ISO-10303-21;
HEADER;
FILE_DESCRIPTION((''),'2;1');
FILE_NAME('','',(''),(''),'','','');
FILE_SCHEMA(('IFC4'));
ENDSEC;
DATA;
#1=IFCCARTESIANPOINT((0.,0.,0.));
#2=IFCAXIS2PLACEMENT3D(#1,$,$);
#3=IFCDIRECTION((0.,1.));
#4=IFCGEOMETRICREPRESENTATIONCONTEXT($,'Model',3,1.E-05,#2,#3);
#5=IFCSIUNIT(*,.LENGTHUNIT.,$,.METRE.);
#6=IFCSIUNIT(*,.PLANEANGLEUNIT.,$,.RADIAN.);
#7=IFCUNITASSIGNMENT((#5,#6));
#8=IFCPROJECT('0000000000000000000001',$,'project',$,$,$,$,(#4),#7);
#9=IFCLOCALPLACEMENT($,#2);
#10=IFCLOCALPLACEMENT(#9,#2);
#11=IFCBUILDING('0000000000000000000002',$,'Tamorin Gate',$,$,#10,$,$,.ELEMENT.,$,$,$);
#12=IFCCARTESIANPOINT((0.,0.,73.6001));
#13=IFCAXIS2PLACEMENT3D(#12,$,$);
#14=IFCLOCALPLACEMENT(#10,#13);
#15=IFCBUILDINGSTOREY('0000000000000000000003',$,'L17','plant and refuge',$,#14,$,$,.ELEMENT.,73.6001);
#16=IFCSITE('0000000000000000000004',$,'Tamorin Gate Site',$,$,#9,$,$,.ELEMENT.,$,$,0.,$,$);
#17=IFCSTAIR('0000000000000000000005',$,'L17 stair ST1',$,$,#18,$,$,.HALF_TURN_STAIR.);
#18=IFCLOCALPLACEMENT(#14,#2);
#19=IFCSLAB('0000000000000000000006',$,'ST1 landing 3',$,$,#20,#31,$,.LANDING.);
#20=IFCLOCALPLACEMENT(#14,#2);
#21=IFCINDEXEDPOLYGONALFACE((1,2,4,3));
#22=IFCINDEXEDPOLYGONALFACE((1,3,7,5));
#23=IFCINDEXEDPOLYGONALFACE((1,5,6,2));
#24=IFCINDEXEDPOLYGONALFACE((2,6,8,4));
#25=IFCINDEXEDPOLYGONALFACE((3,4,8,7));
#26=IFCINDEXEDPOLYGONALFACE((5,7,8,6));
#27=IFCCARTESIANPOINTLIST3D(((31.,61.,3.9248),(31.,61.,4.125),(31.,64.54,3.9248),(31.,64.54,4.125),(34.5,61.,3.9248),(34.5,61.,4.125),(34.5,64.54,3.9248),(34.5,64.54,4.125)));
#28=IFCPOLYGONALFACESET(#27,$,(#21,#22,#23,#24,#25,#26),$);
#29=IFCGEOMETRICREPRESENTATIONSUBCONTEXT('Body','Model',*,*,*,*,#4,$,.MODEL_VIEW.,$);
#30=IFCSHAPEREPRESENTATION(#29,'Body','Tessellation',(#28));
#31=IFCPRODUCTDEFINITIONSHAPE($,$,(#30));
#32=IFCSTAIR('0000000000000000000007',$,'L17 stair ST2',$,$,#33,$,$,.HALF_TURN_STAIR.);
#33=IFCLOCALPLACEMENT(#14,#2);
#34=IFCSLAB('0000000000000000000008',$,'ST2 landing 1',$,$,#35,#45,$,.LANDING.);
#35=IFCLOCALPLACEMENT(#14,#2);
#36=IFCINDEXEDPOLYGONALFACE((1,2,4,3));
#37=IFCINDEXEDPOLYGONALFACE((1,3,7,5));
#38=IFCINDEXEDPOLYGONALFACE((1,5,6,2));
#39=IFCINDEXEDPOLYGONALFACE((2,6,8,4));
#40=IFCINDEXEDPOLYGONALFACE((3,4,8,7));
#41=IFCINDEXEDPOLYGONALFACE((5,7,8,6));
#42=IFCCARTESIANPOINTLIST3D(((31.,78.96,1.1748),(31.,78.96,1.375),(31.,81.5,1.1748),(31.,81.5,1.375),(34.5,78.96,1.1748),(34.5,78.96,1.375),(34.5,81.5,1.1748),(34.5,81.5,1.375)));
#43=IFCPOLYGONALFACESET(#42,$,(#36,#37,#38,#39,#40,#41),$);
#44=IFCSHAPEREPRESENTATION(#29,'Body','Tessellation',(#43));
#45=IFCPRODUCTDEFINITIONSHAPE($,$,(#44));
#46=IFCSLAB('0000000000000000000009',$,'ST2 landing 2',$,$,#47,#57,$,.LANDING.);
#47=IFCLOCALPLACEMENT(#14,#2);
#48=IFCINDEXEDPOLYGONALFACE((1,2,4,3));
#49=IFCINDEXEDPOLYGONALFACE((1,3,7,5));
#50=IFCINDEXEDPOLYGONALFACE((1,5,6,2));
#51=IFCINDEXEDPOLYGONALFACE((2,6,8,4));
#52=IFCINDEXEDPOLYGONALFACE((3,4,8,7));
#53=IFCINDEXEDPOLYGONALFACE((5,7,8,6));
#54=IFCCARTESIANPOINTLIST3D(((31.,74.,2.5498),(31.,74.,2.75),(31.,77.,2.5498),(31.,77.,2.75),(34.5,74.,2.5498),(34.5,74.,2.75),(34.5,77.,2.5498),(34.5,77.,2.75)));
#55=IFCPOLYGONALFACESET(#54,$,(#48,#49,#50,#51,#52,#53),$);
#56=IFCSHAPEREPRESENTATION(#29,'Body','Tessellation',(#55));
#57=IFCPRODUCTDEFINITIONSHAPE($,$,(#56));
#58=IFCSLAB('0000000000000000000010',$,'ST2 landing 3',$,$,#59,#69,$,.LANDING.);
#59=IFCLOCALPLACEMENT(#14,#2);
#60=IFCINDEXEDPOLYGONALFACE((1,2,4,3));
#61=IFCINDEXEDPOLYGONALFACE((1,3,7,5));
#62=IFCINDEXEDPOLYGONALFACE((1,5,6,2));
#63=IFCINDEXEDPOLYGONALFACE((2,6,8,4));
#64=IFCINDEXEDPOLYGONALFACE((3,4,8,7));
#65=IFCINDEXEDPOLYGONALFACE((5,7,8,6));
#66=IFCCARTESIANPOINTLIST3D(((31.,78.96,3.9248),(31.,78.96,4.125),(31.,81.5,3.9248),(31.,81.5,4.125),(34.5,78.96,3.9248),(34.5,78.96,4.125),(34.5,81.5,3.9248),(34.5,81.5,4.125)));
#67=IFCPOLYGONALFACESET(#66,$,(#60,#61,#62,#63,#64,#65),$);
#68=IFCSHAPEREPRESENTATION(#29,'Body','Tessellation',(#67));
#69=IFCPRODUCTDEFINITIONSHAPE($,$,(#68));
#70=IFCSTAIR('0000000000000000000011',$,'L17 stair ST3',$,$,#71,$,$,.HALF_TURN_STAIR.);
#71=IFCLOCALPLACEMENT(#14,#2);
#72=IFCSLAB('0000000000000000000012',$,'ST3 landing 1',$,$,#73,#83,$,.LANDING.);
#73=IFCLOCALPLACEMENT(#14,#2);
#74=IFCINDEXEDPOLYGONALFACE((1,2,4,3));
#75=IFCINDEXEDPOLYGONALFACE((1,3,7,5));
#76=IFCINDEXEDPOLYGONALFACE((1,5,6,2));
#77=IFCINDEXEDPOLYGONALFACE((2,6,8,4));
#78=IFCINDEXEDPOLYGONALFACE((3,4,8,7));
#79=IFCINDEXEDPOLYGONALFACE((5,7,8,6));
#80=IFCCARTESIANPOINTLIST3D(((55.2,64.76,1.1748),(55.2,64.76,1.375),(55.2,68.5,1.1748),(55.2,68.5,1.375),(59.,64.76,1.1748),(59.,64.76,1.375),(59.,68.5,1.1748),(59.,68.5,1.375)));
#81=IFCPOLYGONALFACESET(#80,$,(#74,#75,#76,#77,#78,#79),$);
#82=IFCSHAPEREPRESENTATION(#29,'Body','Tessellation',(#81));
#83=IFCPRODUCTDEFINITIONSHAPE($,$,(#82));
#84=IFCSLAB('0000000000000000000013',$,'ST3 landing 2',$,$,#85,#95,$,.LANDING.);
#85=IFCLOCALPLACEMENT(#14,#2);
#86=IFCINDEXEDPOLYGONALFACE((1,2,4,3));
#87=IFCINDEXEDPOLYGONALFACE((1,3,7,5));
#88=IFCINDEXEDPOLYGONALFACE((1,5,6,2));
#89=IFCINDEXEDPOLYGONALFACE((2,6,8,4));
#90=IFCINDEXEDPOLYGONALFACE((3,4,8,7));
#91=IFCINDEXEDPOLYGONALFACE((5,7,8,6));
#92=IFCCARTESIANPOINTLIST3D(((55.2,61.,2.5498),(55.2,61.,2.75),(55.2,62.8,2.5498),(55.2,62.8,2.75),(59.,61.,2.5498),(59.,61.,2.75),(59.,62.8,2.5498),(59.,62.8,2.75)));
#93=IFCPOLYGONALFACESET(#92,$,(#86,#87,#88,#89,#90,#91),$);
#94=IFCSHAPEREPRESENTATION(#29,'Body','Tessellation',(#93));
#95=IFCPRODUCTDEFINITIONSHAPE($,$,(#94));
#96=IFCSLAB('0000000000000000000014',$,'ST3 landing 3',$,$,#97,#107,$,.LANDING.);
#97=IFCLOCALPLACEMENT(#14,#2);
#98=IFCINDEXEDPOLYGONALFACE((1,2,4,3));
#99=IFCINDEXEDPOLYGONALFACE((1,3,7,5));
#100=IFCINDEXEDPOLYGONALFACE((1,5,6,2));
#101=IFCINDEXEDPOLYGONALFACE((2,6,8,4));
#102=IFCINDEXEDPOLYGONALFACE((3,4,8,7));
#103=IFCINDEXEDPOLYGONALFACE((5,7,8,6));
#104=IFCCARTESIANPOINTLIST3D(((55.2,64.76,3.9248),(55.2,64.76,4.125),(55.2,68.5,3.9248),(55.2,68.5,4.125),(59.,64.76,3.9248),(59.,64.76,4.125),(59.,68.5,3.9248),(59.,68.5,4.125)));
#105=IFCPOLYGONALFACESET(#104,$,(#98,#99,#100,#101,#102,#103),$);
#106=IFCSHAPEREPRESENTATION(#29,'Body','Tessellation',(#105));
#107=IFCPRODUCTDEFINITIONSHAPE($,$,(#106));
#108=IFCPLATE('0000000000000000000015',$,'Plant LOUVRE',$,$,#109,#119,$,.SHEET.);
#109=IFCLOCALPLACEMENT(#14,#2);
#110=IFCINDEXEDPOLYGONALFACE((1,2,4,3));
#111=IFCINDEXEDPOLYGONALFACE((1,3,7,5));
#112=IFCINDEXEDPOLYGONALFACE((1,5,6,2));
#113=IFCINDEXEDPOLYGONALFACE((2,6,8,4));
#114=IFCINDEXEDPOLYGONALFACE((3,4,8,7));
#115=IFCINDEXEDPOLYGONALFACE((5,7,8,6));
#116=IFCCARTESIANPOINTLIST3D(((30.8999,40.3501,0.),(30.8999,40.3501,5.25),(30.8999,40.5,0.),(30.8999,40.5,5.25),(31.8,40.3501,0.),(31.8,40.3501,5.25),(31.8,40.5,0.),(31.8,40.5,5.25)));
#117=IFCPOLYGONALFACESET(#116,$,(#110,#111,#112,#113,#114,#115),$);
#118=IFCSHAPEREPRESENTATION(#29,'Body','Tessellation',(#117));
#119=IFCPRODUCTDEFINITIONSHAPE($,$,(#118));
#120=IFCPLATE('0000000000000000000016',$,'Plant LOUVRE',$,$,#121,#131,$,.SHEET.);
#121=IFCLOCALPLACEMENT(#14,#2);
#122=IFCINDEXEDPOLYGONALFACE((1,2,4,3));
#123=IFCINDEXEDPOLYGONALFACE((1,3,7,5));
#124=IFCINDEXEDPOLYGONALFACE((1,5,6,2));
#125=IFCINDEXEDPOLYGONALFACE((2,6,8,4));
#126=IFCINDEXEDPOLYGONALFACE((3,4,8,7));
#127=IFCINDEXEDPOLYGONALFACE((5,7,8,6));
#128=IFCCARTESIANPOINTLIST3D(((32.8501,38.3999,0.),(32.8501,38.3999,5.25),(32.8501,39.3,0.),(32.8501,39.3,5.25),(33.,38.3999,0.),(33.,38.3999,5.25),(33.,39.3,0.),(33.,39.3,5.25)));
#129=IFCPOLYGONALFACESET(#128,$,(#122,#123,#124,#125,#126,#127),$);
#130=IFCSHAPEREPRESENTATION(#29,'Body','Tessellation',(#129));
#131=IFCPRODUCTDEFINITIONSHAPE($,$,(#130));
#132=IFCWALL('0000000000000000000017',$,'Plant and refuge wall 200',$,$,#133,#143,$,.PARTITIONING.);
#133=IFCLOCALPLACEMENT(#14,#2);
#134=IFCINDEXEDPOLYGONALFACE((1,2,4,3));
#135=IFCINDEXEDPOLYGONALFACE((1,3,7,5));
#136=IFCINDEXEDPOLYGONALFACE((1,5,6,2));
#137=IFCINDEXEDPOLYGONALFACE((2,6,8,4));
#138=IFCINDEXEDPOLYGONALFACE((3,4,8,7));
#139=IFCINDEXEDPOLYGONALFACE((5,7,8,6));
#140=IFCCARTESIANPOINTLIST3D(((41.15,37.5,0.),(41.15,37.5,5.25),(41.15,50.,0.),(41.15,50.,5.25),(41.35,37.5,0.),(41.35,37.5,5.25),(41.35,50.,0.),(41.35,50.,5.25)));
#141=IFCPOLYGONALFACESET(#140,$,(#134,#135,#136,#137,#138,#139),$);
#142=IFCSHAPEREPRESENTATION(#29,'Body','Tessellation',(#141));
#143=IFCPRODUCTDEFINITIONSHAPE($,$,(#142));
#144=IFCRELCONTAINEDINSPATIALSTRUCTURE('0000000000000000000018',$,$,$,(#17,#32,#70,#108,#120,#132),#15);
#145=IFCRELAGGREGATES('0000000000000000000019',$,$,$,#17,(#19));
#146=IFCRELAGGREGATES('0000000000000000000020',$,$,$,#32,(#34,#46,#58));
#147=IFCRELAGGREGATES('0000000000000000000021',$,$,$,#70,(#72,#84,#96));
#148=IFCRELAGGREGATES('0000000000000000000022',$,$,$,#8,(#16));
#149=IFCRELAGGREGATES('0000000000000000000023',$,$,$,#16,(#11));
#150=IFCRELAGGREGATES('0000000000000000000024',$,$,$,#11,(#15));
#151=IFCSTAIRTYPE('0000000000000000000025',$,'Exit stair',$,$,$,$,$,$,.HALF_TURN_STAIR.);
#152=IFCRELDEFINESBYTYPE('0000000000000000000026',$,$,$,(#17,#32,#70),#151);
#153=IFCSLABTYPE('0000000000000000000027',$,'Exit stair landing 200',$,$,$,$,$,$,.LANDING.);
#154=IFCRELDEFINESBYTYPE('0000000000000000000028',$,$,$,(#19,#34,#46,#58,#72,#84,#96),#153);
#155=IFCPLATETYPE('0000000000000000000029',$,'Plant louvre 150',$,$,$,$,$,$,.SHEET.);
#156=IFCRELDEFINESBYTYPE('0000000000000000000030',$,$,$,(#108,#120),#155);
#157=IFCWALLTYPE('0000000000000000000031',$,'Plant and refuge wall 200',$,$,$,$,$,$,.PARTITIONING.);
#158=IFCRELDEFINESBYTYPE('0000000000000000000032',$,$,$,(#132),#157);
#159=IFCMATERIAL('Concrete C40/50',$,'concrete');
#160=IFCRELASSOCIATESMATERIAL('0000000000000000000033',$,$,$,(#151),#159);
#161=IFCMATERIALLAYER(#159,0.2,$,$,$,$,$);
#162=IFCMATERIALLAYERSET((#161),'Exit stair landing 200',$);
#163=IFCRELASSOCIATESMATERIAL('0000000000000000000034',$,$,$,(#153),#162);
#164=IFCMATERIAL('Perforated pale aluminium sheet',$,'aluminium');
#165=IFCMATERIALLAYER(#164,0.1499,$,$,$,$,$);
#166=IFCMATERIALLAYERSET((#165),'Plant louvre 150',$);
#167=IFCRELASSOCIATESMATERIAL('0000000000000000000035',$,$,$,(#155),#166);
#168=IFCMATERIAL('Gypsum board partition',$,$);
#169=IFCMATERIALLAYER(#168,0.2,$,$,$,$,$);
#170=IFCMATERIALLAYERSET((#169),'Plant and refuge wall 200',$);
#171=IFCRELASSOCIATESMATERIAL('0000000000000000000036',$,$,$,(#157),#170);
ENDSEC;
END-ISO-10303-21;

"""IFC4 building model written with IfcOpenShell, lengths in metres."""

from ifc_helpers import new_model, si_unit, direction, frame, frame_2d, origin, place, context, subcontext, project, spatial, polyline, rectangle, outline, extrude, material, layer, layer_set, type_object, element, aggregate, save


model = new_model("IFC4")

# Units and contexts
model_context = context("Model", 3, precision=1e-05, world=origin(), true_north=direction((0.0, 1.0)))
body_context = subcontext(model_context, "Body", "Model", "MODEL_VIEW")
ifc_project = project(units=[si_unit("LENGTHUNIT", "METRE"), si_unit("PLANEANGLEUNIT", "RADIAN")], contexts=[model_context])

# Site, building, storey
site_placement = place(None, origin())
site = spatial("IfcSite", under=ifc_project, at=site_placement, Name="Tamorin Gate Site", CompositionType="ELEMENT", RefElevation=0.0)
building_placement = place(site_placement, origin())
building = spatial("IfcBuilding", under=site, at=building_placement, Name="Tamorin Gate", CompositionType="ELEMENT")
storey_placement = place(building_placement, frame((0.0, 0.0, 73.6001)))
storey = spatial("IfcBuildingStorey", under=building, at=storey_placement, Name="L17", Description="plant and refuge", CompositionType="ELEMENT", Elevation=73.6001)

# Shared definitions
ifc_material_1 = material(Name="Concrete C40/50", Category="concrete")

# Stairs, slabs
stair_type = type_object("IfcStairType", Name="Exit stair", PredefinedType="HALF_TURN_STAIR", material=ifc_material_1)
stair_1_placement = place(storey_placement, origin())
stair_1 = element("IfcStair", 1, at=stair_1_placement, inside=storey, type_object=stair_type, Name="L17 stair ST1", PredefinedType="HALF_TURN_STAIR")
ifc_layer_1 = layer(ifc_material_1, 0.2)
ifc_layer_set_1 = layer_set([ifc_layer_1], Name="Exit stair landing 200")
slab_type_1 = type_object("IfcSlabType", Name="Exit stair landing 200", PredefinedType="LANDING", material=ifc_layer_set_1)
slab_1_placement = place(storey_placement, frame((0.0, 0.0, 3.9248)))
slab_1 = element("IfcSlab", 2, at=slab_1_placement, type_object=slab_type_1, Name="ST1 landing 3", PredefinedType="LANDING", context=body_context, shape_type="SweptSolid", body=[
    extrude(outline(polyline([(31.0, 64.54), (31.0, 61.0), (34.5, 61.0), (34.5, 64.54), (31.0, 64.54)])), origin(), (0.0, 0.0, 1.0), 0.2002),
])
aggregate(stair_1, [slab_1])
stair_2_placement = place(storey_placement, origin())
stair_2 = element("IfcStair", 3, at=stair_2_placement, inside=storey, type_object=stair_type, Name="L17 stair ST2", PredefinedType="HALF_TURN_STAIR")
slab_2_placement = place(storey_placement, frame((0.0, 0.0, 1.1748)))
slab_2 = element("IfcSlab", 4, at=slab_2_placement, type_object=slab_type_1, Name="ST2 landing 1", PredefinedType="LANDING", context=body_context, shape_type="SweptSolid", body=[
    extrude(outline(polyline([(34.5, 78.96), (34.5, 81.5), (31.0, 81.5), (31.0, 78.96), (34.5, 78.96)])), origin(), (0.0, 0.0, 1.0), 0.2002),
])
slab_3_placement = place(storey_placement, frame((0.0, 0.0, 2.5498)))
slab_3 = element("IfcSlab", 5, at=slab_3_placement, type_object=slab_type_1, Name="ST2 landing 2", PredefinedType="LANDING", context=body_context, shape_type="SweptSolid", body=[
    extrude(outline(polyline([(34.5, 74.0), (34.5, 77.0), (31.0, 77.0), (31.0, 74.0), (34.5, 74.0)])), origin(), (0.0, 0.0, 1.0), 0.2002),
])
slab_4_placement = place(storey_placement, frame((0.0, 0.0, 3.9248)))
slab_4 = element("IfcSlab", 6, at=slab_4_placement, type_object=slab_type_1, Name="ST2 landing 3", PredefinedType="LANDING", context=body_context, shape_type="SweptSolid", body=[
    extrude(outline(polyline([(34.5, 78.96), (34.5, 81.5), (31.0, 81.5), (31.0, 78.96), (34.5, 78.96)])), origin(), (0.0, 0.0, 1.0), 0.2002),
])
aggregate(stair_2, [slab_2, slab_3, slab_4])
stair_3_placement = place(storey_placement, origin())
stair_3 = element("IfcStair", 7, at=stair_3_placement, inside=storey, type_object=stair_type, Name="L17 stair ST3", PredefinedType="HALF_TURN_STAIR")
slab_5_placement = place(storey_placement, frame((0.0, 0.0, 1.1748)))
slab_5 = element("IfcSlab", 8, at=slab_5_placement, type_object=slab_type_1, Name="ST3 landing 1", PredefinedType="LANDING", context=body_context, shape_type="SweptSolid", body=[
    extrude(outline(polyline([(59.0, 64.76), (59.0, 68.5), (55.2, 68.5), (55.2, 64.76), (59.0, 64.76)])), origin(), (0.0, 0.0, 1.0), 0.2002),
])
slab_6_placement = place(storey_placement, frame((0.0, 0.0, 2.5498)))
slab_6 = element("IfcSlab", 9, at=slab_6_placement, type_object=slab_type_1, Name="ST3 landing 2", PredefinedType="LANDING", context=body_context, shape_type="SweptSolid", body=[
    extrude(outline(polyline([(59.0, 61.0), (59.0, 62.8), (55.2, 62.8), (55.2, 61.0), (59.0, 61.0)])), origin(), (0.0, 0.0, 1.0), 0.2002),
])
slab_7_placement = place(storey_placement, frame((0.0, 0.0, 3.9248)))
slab_7 = element("IfcSlab", 10, at=slab_7_placement, type_object=slab_type_1, Name="ST3 landing 3", PredefinedType="LANDING", context=body_context, shape_type="SweptSolid", body=[
    extrude(outline(polyline([(59.0, 64.76), (59.0, 68.5), (55.2, 68.5), (55.2, 64.76), (59.0, 64.76)])), origin(), (0.0, 0.0, 1.0), 0.2002),
])
aggregate(stair_3, [slab_5, slab_6, slab_7])

# Plates
ifc_material_2 = material(Name="Perforated pale aluminium sheet", Category="aluminium")
ifc_layer_2 = layer(ifc_material_2, 0.1499)
ifc_layer_set_2 = layer_set([ifc_layer_2], Name="Plant louvre 150")
plate_type = type_object("IfcPlateType", Name="Plant louvre 150", PredefinedType="SHEET", material=ifc_layer_set_2)
plate_1_placement = place(storey_placement, origin())
element("IfcPlate", 11, at=plate_1_placement, inside=storey, type_object=plate_type, Name="Plant LOUVRE", PredefinedType="SHEET", context=body_context, shape_type="SweptSolid", body=[
    extrude(outline(polyline([(31.8, 40.5), (31.8, 40.3501), (30.8999, 40.3501), (30.8999, 40.5), (31.8, 40.5)])), origin(), (0.0, 0.0, 1.0), 5.25),
])
plate_2_placement = place(storey_placement, origin())
element("IfcPlate", 12, at=plate_2_placement, inside=storey, type_object=plate_type, Name="Plant LOUVRE", PredefinedType="SHEET", context=body_context, shape_type="SweptSolid", body=[
    extrude(outline(polyline([(32.8501, 39.3), (33.0, 39.3), (33.0, 38.3999), (32.8501, 38.3999), (32.8501, 39.3)])), origin(), (0.0, 0.0, 1.0), 5.25),
])

# Wall
ifc_material_3 = material(Name="Gypsum board partition")
ifc_layer_3 = layer(ifc_material_3, 0.2)
ifc_layer_set_3 = layer_set([ifc_layer_3], Name="Plant and refuge wall 200")
wall_type = type_object("IfcWallType", Name="Plant and refuge wall 200", PredefinedType="PARTITIONING", material=ifc_layer_set_3)
wall_placement = place(storey_placement, frame((41.25, 37.5, 0.0), z_axis=(0.0, 0.0, 1.0), x_axis=(0.0, 1.0, 0.0)))
element("IfcWall", 13, at=wall_placement, inside=storey, type_object=wall_type, Name="Plant and refuge wall 200", PredefinedType="PARTITIONING", context=body_context, shape_type="SweptSolid", body=[
    extrude(rectangle(XDim=12.5, YDim=0.2, at=frame_2d((6.25, 0.0))), origin(), (0.0, 0.0, 1.0), 5.25),
])

save(model, "model.ifc")
